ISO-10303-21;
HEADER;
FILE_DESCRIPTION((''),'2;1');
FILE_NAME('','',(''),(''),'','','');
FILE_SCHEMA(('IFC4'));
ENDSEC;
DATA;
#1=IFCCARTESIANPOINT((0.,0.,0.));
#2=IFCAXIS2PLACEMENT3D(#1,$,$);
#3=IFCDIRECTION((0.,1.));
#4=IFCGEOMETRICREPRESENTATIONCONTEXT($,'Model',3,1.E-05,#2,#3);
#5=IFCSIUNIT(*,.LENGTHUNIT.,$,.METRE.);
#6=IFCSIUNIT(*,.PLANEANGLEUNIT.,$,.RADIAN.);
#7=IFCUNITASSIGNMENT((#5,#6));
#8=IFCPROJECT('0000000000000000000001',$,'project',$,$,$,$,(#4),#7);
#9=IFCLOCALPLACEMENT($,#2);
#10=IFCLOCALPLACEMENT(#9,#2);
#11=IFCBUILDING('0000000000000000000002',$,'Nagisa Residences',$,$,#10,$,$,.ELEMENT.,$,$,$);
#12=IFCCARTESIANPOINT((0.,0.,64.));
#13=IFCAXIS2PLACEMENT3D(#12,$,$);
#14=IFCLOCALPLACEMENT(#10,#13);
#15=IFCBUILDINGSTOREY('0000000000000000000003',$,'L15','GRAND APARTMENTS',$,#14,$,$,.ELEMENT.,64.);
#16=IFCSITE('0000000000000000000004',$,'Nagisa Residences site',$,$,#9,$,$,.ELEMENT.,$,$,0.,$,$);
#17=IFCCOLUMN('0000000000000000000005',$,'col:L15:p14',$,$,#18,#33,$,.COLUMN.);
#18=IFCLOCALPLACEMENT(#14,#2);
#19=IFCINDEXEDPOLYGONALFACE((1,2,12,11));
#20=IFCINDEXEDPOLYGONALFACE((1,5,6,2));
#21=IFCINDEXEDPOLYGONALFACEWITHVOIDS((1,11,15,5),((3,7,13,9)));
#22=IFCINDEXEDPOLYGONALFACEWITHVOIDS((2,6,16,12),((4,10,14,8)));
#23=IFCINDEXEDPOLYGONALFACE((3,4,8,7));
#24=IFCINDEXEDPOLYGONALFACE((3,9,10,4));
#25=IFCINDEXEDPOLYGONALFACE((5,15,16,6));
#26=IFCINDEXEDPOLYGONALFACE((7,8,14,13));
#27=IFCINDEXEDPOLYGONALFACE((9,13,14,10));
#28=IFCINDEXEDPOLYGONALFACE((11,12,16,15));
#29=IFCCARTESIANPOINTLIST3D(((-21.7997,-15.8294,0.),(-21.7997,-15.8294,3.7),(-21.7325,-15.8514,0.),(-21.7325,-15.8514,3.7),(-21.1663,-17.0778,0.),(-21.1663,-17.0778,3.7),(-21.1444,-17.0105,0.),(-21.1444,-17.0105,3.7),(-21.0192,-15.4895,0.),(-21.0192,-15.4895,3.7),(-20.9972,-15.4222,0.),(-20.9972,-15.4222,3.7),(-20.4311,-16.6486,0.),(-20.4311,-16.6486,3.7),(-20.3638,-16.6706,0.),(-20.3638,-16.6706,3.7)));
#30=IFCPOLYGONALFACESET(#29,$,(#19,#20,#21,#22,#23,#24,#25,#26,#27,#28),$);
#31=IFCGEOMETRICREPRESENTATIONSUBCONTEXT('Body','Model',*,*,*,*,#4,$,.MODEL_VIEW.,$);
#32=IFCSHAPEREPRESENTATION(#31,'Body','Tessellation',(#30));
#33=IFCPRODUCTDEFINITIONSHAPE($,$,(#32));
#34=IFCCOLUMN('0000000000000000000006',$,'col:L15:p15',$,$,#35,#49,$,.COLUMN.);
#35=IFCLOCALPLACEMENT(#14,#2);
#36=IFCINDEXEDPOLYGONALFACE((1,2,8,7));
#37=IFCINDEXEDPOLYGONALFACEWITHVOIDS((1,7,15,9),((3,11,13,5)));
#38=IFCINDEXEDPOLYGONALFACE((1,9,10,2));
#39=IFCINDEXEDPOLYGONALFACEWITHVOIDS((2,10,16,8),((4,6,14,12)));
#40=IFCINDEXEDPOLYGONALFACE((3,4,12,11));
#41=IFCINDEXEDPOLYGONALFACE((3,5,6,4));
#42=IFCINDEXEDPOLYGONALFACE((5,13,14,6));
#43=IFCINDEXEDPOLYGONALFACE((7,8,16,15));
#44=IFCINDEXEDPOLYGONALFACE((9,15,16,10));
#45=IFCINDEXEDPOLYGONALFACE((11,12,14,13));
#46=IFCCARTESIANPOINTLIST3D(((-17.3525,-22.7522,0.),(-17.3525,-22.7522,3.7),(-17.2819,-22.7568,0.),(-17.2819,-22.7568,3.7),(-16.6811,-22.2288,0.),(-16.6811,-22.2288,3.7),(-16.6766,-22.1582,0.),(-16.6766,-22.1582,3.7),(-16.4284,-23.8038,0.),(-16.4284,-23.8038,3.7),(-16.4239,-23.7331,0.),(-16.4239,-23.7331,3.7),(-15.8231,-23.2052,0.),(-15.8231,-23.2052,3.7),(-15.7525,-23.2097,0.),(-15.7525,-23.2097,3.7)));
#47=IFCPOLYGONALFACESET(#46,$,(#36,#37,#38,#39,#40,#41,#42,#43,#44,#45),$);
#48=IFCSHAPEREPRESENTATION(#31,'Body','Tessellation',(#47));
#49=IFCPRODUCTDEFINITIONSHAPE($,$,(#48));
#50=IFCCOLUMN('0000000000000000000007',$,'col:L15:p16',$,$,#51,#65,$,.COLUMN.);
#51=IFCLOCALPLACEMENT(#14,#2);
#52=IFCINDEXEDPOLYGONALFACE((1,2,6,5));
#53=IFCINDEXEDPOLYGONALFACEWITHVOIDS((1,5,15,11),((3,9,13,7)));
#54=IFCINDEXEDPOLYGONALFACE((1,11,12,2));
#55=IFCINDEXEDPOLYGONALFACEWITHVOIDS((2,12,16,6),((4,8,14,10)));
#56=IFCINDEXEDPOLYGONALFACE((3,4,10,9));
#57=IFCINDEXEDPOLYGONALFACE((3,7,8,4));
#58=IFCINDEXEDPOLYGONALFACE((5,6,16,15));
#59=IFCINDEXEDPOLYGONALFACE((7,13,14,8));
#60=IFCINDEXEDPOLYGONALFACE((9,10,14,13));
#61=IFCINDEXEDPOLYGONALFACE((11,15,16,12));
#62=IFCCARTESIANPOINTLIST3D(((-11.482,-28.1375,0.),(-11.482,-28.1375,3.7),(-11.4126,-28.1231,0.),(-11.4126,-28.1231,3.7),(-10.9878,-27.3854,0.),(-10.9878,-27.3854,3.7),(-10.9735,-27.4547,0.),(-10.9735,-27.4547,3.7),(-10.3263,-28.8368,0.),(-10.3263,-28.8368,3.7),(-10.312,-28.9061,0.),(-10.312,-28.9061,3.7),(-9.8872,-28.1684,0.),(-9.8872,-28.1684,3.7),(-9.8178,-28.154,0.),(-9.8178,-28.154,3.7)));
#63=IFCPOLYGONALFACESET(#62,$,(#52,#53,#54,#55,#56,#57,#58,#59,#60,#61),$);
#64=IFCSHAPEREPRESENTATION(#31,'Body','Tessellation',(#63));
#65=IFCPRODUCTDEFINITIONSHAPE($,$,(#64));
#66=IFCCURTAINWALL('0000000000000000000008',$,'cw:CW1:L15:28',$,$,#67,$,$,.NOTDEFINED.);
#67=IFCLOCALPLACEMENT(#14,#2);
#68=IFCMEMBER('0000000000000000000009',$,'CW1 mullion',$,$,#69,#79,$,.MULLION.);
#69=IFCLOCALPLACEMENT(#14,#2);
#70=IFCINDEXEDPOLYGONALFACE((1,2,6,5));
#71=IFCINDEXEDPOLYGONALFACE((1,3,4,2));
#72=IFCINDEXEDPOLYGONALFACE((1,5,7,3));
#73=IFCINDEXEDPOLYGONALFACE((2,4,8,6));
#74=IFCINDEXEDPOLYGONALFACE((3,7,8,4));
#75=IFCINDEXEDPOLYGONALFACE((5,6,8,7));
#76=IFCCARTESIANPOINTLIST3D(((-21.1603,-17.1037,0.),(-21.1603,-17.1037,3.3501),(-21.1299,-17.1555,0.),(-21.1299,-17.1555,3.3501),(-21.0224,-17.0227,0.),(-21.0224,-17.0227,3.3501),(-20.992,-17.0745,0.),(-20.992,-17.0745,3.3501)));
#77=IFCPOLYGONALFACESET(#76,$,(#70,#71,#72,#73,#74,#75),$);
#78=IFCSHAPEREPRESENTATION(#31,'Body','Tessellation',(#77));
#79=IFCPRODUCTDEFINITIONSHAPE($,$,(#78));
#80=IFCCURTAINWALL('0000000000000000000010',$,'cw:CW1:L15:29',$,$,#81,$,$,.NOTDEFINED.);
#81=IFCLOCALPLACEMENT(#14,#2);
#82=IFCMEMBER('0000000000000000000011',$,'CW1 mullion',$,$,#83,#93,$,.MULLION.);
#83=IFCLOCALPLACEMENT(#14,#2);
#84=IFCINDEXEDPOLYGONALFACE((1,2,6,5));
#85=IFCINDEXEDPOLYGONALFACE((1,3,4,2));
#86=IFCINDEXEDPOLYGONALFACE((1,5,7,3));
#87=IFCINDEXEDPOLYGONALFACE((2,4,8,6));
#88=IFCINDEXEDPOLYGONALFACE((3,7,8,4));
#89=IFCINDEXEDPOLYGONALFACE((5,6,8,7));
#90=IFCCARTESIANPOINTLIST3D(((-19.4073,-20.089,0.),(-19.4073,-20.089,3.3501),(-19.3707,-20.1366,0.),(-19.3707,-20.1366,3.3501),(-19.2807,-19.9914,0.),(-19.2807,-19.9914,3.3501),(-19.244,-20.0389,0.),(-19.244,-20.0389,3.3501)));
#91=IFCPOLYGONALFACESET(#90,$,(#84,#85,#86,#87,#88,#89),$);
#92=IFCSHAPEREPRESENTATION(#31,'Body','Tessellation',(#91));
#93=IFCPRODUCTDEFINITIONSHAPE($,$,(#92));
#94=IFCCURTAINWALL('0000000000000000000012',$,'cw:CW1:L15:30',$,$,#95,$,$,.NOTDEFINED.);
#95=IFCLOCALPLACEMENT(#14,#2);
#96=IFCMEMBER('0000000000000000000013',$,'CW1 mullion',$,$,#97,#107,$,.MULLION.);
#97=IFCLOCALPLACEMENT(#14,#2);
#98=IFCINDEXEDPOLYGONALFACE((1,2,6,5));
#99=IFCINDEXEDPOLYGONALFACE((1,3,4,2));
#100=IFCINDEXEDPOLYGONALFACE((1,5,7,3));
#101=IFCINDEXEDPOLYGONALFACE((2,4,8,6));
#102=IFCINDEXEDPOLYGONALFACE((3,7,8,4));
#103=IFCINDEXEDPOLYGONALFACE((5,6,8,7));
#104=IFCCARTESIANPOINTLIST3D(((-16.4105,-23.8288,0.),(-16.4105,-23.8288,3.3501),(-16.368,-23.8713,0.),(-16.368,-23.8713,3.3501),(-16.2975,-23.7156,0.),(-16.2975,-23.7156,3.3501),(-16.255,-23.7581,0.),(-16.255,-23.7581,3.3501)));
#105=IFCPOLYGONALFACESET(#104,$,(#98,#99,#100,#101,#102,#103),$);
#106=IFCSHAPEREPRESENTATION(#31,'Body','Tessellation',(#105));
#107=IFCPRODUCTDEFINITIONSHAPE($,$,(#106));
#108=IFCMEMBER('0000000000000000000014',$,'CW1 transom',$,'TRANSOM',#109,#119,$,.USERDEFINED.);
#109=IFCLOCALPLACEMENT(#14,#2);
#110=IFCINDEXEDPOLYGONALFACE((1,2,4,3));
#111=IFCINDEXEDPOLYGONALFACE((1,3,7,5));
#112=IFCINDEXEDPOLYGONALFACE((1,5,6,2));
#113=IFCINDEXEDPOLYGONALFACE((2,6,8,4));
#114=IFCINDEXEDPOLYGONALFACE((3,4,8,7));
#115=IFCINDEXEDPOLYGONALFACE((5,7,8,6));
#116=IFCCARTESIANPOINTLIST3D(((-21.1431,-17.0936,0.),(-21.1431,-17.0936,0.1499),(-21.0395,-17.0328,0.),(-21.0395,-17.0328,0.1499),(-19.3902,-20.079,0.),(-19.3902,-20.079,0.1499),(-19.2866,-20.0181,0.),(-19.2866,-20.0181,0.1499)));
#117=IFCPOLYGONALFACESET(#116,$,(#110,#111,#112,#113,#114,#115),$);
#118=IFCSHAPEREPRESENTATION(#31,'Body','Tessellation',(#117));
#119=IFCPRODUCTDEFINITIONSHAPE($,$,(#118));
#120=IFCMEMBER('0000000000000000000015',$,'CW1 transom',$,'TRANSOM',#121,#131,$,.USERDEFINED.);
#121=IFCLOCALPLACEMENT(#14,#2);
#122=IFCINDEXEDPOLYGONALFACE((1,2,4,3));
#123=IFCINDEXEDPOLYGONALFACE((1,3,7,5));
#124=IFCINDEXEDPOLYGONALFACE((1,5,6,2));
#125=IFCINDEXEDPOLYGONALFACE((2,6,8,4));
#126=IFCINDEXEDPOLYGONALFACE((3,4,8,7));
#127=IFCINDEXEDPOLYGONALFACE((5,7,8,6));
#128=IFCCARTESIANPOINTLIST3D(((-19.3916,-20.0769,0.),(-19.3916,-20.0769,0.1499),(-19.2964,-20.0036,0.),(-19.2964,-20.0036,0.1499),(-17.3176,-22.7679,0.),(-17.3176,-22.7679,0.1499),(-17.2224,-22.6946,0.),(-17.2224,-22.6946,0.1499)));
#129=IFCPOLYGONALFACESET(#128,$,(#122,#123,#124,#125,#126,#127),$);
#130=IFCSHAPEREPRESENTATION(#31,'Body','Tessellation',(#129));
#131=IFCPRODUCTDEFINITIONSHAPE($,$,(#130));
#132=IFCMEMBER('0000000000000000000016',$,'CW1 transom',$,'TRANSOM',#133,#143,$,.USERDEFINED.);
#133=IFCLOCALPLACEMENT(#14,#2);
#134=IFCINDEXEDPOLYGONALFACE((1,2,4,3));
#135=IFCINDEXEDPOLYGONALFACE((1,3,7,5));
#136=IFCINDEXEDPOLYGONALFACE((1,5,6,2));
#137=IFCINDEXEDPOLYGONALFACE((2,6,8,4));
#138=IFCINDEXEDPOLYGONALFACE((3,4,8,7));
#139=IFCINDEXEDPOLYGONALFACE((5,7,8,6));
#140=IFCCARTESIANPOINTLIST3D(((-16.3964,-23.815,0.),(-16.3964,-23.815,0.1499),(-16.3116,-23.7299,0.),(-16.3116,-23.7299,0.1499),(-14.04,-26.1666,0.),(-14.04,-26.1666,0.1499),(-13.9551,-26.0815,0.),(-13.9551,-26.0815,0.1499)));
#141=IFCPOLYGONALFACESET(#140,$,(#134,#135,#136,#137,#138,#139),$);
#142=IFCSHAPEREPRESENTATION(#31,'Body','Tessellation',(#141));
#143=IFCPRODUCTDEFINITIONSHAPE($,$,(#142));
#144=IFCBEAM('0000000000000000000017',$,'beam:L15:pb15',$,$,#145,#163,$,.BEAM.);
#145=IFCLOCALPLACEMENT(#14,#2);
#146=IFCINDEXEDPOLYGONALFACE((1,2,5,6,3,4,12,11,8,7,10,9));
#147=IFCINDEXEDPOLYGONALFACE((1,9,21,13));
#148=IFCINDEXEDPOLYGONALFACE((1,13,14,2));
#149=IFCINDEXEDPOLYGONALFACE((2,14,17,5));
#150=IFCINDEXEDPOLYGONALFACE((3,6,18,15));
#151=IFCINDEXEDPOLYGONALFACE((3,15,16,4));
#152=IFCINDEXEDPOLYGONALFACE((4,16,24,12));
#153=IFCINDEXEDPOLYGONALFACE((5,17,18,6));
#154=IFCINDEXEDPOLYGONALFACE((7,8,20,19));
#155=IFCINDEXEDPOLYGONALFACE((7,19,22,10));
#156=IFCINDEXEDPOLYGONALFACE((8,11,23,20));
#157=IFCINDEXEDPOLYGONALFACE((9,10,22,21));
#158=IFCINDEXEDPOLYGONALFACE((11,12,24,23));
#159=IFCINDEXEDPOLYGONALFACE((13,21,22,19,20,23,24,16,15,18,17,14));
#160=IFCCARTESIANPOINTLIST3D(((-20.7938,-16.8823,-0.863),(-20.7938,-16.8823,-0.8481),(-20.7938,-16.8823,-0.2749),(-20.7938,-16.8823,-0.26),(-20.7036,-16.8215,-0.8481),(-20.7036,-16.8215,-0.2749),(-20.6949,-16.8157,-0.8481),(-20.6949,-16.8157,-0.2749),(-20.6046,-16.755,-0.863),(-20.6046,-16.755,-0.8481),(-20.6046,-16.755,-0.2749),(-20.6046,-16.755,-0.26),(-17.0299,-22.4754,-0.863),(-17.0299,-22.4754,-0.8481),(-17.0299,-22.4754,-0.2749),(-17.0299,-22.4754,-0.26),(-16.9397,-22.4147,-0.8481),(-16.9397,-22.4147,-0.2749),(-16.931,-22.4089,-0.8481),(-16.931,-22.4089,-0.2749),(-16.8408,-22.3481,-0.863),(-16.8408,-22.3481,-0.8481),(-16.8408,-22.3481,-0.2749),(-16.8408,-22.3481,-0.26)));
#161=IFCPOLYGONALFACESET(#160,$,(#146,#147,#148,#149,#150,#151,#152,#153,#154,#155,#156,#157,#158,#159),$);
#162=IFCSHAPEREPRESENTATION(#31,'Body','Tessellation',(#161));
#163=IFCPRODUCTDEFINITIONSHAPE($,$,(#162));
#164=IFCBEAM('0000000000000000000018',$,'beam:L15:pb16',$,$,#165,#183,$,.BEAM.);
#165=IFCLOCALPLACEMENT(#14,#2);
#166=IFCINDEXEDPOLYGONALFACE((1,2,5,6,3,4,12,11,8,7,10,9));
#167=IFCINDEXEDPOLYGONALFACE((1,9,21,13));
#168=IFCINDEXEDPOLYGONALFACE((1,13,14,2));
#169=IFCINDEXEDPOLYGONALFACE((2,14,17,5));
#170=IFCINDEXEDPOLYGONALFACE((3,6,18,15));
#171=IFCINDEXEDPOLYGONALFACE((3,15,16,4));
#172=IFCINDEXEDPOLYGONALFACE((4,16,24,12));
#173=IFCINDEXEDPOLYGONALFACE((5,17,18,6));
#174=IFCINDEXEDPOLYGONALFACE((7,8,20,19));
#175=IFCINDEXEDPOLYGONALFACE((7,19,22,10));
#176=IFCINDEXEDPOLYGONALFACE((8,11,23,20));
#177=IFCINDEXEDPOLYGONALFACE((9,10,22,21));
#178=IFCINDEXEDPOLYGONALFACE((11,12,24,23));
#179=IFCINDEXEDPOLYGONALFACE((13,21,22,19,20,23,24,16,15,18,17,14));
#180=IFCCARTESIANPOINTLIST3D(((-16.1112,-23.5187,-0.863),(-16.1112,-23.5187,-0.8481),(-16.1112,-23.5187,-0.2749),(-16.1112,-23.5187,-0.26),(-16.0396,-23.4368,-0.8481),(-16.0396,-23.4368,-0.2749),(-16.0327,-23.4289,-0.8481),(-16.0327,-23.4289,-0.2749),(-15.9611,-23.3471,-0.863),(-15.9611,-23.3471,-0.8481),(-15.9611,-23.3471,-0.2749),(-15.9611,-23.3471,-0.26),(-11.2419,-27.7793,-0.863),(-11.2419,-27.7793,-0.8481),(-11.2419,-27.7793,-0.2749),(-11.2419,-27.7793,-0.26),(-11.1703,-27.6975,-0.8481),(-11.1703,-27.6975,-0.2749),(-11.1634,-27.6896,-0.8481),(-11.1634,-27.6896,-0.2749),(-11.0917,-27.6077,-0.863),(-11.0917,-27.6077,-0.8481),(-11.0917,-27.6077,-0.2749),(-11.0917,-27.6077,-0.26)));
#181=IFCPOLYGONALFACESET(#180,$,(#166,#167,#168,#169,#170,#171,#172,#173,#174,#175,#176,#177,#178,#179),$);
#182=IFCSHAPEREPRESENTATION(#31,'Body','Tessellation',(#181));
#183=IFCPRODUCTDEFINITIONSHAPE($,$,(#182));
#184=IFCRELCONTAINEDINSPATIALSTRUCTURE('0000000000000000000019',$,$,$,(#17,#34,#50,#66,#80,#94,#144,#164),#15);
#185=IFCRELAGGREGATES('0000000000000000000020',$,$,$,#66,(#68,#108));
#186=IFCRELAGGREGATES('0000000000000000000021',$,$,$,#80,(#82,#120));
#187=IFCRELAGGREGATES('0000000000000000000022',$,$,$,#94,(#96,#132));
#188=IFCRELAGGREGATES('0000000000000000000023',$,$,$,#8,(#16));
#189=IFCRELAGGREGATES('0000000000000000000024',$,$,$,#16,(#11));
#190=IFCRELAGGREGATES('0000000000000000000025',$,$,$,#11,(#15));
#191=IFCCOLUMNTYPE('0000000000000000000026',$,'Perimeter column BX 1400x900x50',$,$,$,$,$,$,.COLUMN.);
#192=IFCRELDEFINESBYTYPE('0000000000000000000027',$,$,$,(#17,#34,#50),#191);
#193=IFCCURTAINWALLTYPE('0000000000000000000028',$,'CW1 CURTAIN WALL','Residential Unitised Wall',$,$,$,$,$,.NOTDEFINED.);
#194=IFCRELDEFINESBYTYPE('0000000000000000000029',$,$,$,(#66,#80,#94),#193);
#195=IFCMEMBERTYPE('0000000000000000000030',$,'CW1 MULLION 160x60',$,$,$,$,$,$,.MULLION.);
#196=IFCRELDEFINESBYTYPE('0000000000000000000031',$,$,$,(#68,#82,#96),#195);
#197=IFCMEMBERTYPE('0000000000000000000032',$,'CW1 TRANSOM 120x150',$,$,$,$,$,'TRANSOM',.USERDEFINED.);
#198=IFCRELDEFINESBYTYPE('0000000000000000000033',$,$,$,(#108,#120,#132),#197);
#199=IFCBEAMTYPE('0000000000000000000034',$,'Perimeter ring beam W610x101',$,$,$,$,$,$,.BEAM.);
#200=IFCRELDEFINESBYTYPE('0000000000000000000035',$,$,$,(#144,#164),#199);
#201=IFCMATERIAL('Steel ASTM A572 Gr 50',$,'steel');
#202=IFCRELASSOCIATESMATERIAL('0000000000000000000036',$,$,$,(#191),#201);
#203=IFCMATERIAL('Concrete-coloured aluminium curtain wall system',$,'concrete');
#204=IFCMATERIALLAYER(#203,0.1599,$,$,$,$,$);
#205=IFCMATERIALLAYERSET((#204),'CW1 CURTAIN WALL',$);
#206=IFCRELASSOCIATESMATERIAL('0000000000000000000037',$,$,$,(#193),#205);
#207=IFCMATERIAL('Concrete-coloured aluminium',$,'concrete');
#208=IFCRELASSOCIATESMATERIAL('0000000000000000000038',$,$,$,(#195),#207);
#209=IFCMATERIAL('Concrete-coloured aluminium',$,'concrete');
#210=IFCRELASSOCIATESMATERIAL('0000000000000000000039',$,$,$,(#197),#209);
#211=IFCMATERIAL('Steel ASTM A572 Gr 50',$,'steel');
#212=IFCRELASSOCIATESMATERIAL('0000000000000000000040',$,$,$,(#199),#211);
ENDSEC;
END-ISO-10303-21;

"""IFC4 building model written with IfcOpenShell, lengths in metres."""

from ifc_helpers import new_model, si_unit, direction, frame, origin, origin_2d, place, context, subcontext, project, spatial, rectangle, hollow_rectangle, i_section, extrude, material, layer, layer_set, material_profile, profile_set, type_object, element, aggregate, save


model = new_model("IFC4")

# Units and contexts
model_context = context("Model", 3, precision=1e-05, world=origin(), true_north=direction((0.0, 1.0)))
body_context = subcontext(model_context, "Body", "Model", "MODEL_VIEW")
ifc_project = project(units=[si_unit("LENGTHUNIT", "METRE"), si_unit("PLANEANGLEUNIT", "RADIAN")], contexts=[model_context])

# Site, building, storey
site_placement = place(None, origin())
site = spatial("IfcSite", under=ifc_project, at=site_placement, Name="Nagisa Residences site", CompositionType="ELEMENT", RefElevation=0.0)
building_placement = place(site_placement, origin())
building = spatial("IfcBuilding", under=site, at=building_placement, Name="Nagisa Residences", CompositionType="ELEMENT")
storey_placement = place(building_placement, frame((0.0, 0.0, 64.0)))
storey = spatial("IfcBuildingStorey", under=building, at=storey_placement, Name="L15", Description="GRAND APARTMENTS", CompositionType="ELEMENT", Elevation=64.0)

# Columns
ifc_material_1 = material(Name="Steel ASTM A572 Gr 50", Category="steel")
ifc_material_profile_1 = material_profile(ifc_material_1, hollow_rectangle(XDim=1.3999, YDim=0.8999, WallThickness=0.05, at=origin_2d()), Name="BX 1400x900x50")
ifc_profile_set_1 = profile_set([ifc_material_profile_1], Name="Steel ASTM A572 Gr 50")
column_type = type_object("IfcColumnType", Name="Perimeter column BX 1400x900x50", PredefinedType="COLUMN", material=ifc_profile_set_1)
for number, where, z_axis, x_axis, name in (
    (1, (-21.0818, -16.25, 0.0), (0.0, 0.0, 1.0), (0.452463, -0.891783, 0.0), "col:L15:p14"),
    (2, (-16.5525, -22.981, 0.0), (0.0, 0.0, 1.0), (0.660115, -0.751165, 0.0), "col:L15:p15"),
    (3, (-10.6499, -28.1458, 0.0), (0.0, 0.0, 1.0), (0.835766, -0.549086, 0.0), "col:L15:p16"),
):
    element("IfcColumn", number, at=place(storey_placement, frame(where, z_axis=z_axis, x_axis=x_axis)), inside=storey, type_object=column_type, Name=name, PredefinedType="COLUMN", context=body_context, shape_type="SweptSolid", body=[
        extrude(hollow_rectangle(XDim=1.3999, YDim=0.8999, WallThickness=0.05, at=origin_2d()), origin(), (0.0, 0.0, 1.0), 3.7),
    ])

# Curtain walls, members
ifc_material_2 = material(Name="Concrete-coloured aluminium curtain wall system", Category="concrete")
ifc_layer_1 = layer(ifc_material_2, 0.1599)
ifc_layer_set_1 = layer_set([ifc_layer_1], Name="CW1 CURTAIN WALL")
curtain_wall_type = type_object("IfcCurtainWallType", Name="CW1 CURTAIN WALL", Description="Residential Unitised Wall", PredefinedType="NOTDEFINED", material=ifc_layer_set_1)
curtain_wall_1_placement = place(storey_placement, origin())
curtain_wall_1 = element("IfcCurtainWall", 4, at=curtain_wall_1_placement, inside=storey, type_object=curtain_wall_type, Name="cw:CW1:L15:28", PredefinedType="NOTDEFINED")
ifc_material_3 = material(Name="Concrete-coloured aluminium", Category="concrete")
ifc_material_profile_2 = material_profile(ifc_material_3, rectangle(XDim=0.1599, YDim=0.0601, at=origin_2d()), Name="CW1 MULLION 160x60")
ifc_profile_set_2 = profile_set([ifc_material_profile_2], Name="Concrete-coloured aluminium")
member_type_1 = type_object("IfcMemberType", Name="CW1 MULLION 160x60", PredefinedType="MULLION", material=ifc_profile_set_2)
member_1_placement = place(storey_placement, frame((-21.0762, -17.0891, 0.0), z_axis=(0.0, 0.0, 1.0), x_axis=(0.862329, 0.506349, 0.0)))
member_1 = element("IfcMember", 5, at=member_1_placement, type_object=member_type_1, Name="CW1 mullion", PredefinedType="MULLION", context=body_context, shape_type="SweptSolid", body=[
    extrude(rectangle(XDim=0.1599, YDim=0.0601, at=origin_2d()), origin(), (0.0, 0.0, 1.0), 3.3501),
])
curtain_wall_2_placement = place(storey_placement, origin())
curtain_wall_2 = element("IfcCurtainWall", 6, at=curtain_wall_2_placement, inside=storey, type_object=curtain_wall_type, Name="cw:CW1:L15:29", PredefinedType="NOTDEFINED")
member_2_placement = place(storey_placement, frame((-19.3257, -20.064, 0.0), z_axis=(0.0, 0.0, 1.0), x_axis=(0.79207, 0.61043, 0.0)))
member_2 = element("IfcMember", 7, at=member_2_placement, type_object=member_type_1, Name="CW1 mullion", PredefinedType="MULLION", context=body_context, shape_type="SweptSolid", body=[
    extrude(rectangle(XDim=0.1599, YDim=0.0601, at=origin_2d()), origin(), (0.0, 0.0, 1.0), 3.3501),
])
curtain_wall_3_placement = place(storey_placement, origin())
curtain_wall_3 = element("IfcCurtainWall", 8, at=curtain_wall_3_placement, inside=storey, type_object=curtain_wall_type, Name="cw:CW1:L15:30", PredefinedType="NOTDEFINED")
member_3_placement = place(storey_placement, frame((-16.3328, -23.7935, 0.0), z_axis=(0.0, 0.0, 1.0), x_axis=(0.706377, 0.707836, 0.0)))
member_3 = element("IfcMember", 9, at=member_3_placement, type_object=member_type_1, Name="CW1 mullion", PredefinedType="MULLION", context=body_context, shape_type="SweptSolid", body=[
    extrude(rectangle(XDim=0.1599, YDim=0.0601, at=origin_2d()), origin(), (0.0, 0.0, 1.0), 3.3501),
])

# Members
ifc_material_4 = material(Name="Concrete-coloured aluminium", Category="concrete")
ifc_material_profile_3 = material_profile(ifc_material_4, rectangle(XDim=0.1201, YDim=0.1499, at=origin_2d()), Name="CW1 TRANSOM 120x150")
ifc_profile_set_3 = profile_set([ifc_material_profile_3], Name="Concrete-coloured aluminium")
member_type_2 = type_object("IfcMemberType", Name="CW1 TRANSOM 120x150", ElementType="TRANSOM", PredefinedType="USERDEFINED", material=ifc_profile_set_3)
member_4_placement = place(storey_placement, frame((-21.0913, -17.0632, 0.075), z_axis=(0.506342, -0.862333, 0.0), x_axis=(0.862333, 0.506342, 0.0)))
member_4 = element("IfcMember", 10, at=member_4_placement, type_object=member_type_2, Name="CW1 transom", ObjectType="TRANSOM", PredefinedType="USERDEFINED", context=body_context, shape_type="SweptSolid", body=[
    extrude(rectangle(XDim=0.1201, YDim=0.1499, at=origin_2d()), origin(), (0.0, 0.0, 1.0), 3.4619),
])
member_5_placement = place(storey_placement, frame((-19.344, -20.0403, 0.075), z_axis=(0.610457, -0.792049, 0.0), x_axis=(0.792049, 0.610457, 0.0)))
member_5 = element("IfcMember", 11, at=member_5_placement, type_object=member_type_2, Name="CW1 transom", ObjectType="TRANSOM", PredefinedType="USERDEFINED", context=body_context, shape_type="SweptSolid", body=[
    extrude(rectangle(XDim=0.1201, YDim=0.1499, at=origin_2d()), origin(), (0.0, 0.0, 1.0), 3.3975),
])
member_6_placement = place(storey_placement, frame((-16.354, -23.7725, 0.075), z_axis=(0.70784, -0.706373, 0.0), x_axis=(0.706373, 0.70784, 0.0)))
member_6 = element("IfcMember", 12, at=member_6_placement, type_object=member_type_2, Name="CW1 transom", ObjectType="TRANSOM", PredefinedType="USERDEFINED", context=body_context, shape_type="SweptSolid", body=[
    extrude(rectangle(XDim=0.1201, YDim=0.1499, at=origin_2d()), origin(), (0.0, 0.0, 1.0), 3.3291),
])

# Beams
ifc_material_5 = material(Name="Steel ASTM A572 Gr 50", Category="steel")
ifc_material_profile_4 = material_profile(ifc_material_5, i_section(OverallWidth=0.228, OverallDepth=0.603, WebThickness=0.0105, FlangeThickness=0.0149, at=origin_2d()), Name="W610x101")
ifc_profile_set_4 = profile_set([ifc_material_profile_4], Name="Steel ASTM A572 Gr 50")
beam_type_1 = type_object("IfcBeamType", Name="Perimeter ring beam W610x101", PredefinedType="BEAM", material=ifc_profile_set_4)
beam_1_placement = place(storey_placement, frame((-20.6992, -16.8186, -0.5615), z_axis=(0.558297, -0.829641, 0.0), x_axis=(0.829641, 0.558297, 0.0)))
element("IfcBeam", 13, at=beam_1_placement, inside=storey, type_object=beam_type_1, Name="beam:L15:pb15", PredefinedType="BEAM", context=body_context, shape_type="SweptSolid", body=[
    extrude(i_section(OverallWidth=0.228, OverallDepth=0.603, WebThickness=0.0105, FlangeThickness=0.0149, at=origin_2d()), origin(), (0.0, 0.0, 1.0), 6.7417),
])
beam_2_placement = place(storey_placement, frame((-16.0361, -23.4329, -0.5615), z_axis=(0.752574, -0.658507, 0.0), x_axis=(0.658507, 0.752574, 0.0)))
element("IfcBeam", 14, at=beam_2_placement, inside=storey, type_object=beam_type_1, Name="beam:L15:pb16", PredefinedType="BEAM", context=body_context, shape_type="SweptSolid", body=[
    extrude(i_section(OverallWidth=0.228, OverallDepth=0.603, WebThickness=0.0105, FlangeThickness=0.0149, at=origin_2d()), origin(), (0.0, 0.0, 1.0), 6.4702),
])

aggregate(curtain_wall_1, [member_1, member_4])
aggregate(curtain_wall_2, [member_2, member_5])
aggregate(curtain_wall_3, [member_3, member_6])

save(model, "model.ifc")
